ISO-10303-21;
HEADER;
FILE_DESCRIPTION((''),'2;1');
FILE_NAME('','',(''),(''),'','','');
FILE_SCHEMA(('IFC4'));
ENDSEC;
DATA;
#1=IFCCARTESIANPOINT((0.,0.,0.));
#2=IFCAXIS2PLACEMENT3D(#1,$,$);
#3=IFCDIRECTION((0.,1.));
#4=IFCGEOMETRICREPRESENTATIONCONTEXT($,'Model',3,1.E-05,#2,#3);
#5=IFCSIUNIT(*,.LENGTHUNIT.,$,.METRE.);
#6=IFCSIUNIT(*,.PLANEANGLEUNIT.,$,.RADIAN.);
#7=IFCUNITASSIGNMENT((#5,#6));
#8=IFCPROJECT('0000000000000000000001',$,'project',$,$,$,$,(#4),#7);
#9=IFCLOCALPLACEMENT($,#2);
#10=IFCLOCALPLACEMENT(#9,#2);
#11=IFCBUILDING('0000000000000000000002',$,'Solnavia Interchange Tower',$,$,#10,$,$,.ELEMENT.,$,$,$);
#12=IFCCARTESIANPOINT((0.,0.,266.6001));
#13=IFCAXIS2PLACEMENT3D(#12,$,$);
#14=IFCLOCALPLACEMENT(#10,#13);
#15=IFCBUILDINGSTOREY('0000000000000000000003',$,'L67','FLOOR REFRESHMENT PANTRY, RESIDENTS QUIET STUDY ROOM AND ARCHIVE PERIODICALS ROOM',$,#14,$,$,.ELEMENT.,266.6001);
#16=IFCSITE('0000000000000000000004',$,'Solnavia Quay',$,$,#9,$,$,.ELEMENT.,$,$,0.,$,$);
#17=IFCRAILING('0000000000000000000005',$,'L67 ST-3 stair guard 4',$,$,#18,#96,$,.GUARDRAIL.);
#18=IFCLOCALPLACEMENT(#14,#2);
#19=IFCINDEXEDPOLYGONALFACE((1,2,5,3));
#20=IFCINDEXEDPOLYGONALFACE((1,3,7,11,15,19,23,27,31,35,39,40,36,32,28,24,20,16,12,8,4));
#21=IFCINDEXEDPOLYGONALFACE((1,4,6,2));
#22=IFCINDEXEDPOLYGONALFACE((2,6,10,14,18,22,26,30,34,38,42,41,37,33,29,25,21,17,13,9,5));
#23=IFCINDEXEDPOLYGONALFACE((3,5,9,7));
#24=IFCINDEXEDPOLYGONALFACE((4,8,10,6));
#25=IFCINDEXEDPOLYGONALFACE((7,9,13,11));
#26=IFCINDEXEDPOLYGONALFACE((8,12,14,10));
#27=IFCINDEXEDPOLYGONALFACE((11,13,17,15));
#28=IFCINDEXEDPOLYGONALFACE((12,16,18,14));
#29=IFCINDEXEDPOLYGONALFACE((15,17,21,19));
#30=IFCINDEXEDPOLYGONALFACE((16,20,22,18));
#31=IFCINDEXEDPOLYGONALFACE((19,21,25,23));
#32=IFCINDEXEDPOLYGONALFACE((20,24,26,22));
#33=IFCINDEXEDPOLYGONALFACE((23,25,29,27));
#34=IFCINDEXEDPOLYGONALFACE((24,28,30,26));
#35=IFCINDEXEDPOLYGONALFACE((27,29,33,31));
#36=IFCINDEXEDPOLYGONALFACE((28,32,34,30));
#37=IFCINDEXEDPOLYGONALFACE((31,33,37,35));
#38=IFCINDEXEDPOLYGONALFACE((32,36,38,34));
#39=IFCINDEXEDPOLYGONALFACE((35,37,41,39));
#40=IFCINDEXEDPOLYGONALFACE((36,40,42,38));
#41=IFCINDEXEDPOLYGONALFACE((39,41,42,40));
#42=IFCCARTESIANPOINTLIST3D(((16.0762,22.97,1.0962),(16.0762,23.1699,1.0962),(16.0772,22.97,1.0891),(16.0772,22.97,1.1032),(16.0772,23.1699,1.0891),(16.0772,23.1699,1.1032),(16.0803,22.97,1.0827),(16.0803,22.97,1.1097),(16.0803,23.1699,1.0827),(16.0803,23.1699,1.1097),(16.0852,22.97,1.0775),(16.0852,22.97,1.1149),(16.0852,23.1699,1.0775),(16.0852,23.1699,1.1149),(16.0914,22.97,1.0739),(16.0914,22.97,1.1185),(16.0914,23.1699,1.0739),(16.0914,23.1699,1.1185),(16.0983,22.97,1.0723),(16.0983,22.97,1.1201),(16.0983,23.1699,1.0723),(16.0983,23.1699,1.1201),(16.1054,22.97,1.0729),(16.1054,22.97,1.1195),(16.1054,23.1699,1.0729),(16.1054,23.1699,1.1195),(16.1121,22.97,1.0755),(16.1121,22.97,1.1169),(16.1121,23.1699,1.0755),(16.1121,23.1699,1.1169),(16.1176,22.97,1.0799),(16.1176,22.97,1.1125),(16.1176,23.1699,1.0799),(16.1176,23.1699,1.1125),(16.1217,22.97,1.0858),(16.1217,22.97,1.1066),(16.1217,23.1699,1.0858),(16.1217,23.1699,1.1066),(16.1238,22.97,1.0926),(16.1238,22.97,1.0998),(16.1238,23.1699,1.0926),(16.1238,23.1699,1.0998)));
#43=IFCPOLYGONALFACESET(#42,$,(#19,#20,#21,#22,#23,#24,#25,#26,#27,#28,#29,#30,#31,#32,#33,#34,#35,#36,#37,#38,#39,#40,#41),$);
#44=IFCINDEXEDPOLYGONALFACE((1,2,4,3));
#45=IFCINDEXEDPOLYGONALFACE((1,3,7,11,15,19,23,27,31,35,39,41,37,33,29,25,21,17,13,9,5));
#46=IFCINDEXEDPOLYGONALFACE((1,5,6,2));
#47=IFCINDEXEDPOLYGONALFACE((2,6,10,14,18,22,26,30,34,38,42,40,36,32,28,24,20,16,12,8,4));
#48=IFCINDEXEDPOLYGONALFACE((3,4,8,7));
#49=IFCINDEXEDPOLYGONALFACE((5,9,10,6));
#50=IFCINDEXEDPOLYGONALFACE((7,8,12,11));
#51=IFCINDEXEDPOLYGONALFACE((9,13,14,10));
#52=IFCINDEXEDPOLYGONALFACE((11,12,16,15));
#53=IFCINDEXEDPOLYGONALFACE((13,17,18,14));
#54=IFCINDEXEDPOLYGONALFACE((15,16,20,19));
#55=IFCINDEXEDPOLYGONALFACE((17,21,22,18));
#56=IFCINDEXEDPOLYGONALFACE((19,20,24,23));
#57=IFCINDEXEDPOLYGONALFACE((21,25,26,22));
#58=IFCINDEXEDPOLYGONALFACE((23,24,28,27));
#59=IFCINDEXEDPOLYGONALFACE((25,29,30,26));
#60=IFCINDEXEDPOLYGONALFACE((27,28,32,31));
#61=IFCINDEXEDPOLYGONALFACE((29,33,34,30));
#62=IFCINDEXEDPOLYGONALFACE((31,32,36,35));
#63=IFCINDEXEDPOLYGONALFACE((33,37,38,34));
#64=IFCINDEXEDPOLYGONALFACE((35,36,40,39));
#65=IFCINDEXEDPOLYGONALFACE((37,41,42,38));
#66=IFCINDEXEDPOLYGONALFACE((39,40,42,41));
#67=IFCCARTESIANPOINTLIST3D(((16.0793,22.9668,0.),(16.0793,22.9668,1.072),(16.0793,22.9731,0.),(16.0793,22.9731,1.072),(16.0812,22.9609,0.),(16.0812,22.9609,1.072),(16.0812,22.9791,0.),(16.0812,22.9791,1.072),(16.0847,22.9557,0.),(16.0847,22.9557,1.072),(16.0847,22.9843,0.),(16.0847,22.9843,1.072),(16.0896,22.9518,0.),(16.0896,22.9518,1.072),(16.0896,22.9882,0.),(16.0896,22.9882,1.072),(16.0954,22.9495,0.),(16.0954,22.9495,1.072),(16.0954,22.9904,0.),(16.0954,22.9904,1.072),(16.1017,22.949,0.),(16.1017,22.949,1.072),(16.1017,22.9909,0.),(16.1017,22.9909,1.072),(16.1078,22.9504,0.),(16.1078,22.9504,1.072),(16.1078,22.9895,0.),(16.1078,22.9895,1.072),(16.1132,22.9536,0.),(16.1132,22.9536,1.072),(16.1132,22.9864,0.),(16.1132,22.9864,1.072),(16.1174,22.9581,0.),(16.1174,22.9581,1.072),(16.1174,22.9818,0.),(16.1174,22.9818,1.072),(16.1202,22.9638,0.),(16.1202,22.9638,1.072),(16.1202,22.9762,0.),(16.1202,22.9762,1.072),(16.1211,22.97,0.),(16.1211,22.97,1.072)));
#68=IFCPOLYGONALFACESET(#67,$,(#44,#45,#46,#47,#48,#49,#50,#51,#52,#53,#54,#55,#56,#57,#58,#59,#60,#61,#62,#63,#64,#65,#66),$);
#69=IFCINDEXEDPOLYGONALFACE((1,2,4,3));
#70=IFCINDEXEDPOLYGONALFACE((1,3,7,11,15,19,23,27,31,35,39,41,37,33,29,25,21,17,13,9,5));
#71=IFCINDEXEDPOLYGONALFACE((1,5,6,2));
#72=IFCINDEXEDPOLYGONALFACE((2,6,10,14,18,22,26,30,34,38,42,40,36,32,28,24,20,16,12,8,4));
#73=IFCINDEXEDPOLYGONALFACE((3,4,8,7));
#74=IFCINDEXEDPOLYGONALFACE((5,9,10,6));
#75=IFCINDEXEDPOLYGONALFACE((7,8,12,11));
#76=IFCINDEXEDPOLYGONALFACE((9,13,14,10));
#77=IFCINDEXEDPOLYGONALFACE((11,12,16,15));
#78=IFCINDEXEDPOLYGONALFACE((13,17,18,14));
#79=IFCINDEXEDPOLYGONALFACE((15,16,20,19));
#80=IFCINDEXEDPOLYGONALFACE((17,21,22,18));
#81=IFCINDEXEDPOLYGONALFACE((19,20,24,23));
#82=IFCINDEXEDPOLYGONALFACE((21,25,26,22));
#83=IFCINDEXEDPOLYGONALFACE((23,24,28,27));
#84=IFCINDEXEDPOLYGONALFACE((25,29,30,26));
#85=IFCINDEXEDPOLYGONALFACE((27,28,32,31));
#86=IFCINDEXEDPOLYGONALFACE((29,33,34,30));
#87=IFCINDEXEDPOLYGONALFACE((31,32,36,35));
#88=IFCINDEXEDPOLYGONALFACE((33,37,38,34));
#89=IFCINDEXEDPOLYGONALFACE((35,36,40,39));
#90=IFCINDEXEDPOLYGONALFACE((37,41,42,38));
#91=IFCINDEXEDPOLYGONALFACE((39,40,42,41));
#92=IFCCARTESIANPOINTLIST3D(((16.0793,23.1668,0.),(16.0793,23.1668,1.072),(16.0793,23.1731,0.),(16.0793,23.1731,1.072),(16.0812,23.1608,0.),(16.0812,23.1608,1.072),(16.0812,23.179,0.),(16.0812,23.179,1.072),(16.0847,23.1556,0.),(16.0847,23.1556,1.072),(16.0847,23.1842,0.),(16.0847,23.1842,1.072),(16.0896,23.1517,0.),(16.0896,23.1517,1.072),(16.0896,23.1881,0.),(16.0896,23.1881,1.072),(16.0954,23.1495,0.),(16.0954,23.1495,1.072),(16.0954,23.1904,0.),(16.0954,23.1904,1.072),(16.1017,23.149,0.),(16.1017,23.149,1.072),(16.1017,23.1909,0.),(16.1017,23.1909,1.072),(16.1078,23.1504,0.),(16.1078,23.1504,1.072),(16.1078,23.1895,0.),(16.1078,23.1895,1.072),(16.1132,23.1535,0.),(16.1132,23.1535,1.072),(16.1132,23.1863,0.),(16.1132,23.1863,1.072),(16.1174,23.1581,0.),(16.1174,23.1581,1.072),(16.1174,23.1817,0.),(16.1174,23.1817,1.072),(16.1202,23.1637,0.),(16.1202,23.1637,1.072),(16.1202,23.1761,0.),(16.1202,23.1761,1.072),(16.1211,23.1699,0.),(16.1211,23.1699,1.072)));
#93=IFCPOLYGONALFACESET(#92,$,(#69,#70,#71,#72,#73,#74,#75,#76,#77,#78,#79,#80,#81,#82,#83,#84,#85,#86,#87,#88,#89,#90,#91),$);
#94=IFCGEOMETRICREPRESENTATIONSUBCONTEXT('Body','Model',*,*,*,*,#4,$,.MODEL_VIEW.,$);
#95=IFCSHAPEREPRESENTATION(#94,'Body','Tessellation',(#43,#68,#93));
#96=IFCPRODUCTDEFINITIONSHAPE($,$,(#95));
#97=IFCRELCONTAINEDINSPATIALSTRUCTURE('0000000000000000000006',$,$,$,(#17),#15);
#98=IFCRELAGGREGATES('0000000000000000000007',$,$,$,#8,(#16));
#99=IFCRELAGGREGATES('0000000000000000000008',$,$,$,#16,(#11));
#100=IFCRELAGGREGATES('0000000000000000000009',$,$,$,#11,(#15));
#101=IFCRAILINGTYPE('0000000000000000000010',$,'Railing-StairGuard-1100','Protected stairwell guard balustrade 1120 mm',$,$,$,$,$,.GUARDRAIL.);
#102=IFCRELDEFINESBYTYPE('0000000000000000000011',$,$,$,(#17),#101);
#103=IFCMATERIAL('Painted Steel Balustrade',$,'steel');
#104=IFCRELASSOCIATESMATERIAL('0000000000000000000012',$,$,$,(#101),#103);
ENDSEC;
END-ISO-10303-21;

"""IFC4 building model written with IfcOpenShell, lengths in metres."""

from ifc_helpers import new_model, si_unit, direction, frame, origin, origin_2d, place, context, subcontext, project, spatial, circle, extrude, material, type_object, element, save


model = new_model("IFC4")

# Units and contexts
model_context = context("Model", 3, precision=1e-05, world=origin(), true_north=direction((0.0, 1.0)))
body_context = subcontext(model_context, "Body", "Model", "MODEL_VIEW")
ifc_project = project(units=[si_unit("LENGTHUNIT", "METRE"), si_unit("PLANEANGLEUNIT", "RADIAN")], contexts=[model_context])

# Site, building, storey
site_placement = place(None, origin())
site = spatial("IfcSite", under=ifc_project, at=site_placement, Name="Solnavia Quay", CompositionType="ELEMENT", RefElevation=0.0)
building_placement = place(site_placement, origin())
building = spatial("IfcBuilding", under=site, at=building_placement, Name="Solnavia Interchange Tower", CompositionType="ELEMENT")
storey_placement = place(building_placement, frame((0.0, 0.0, 266.6001)))
storey = spatial("IfcBuildingStorey", under=building, at=storey_placement, Name="L67", Description="FLOOR REFRESHMENT PANTRY, RESIDENTS QUIET STUDY ROOM AND ARCHIVE PERIODICALS ROOM", CompositionType="ELEMENT", Elevation=266.6001)

# Railing
ifc_material_1 = material(Name="Painted Steel Balustrade", Category="steel")
railing_type_1 = type_object("IfcRailingType", Name="Railing-StairGuard-1100", Description="Protected stairwell guard balustrade 1120 mm", PredefinedType="GUARDRAIL", material=ifc_material_1)
railing_1_placement = place(storey_placement, frame((16.1001, 22.97, 0.0)))
element("IfcRailing", 1, at=railing_1_placement, inside=storey, type_object=railing_type_1, Name="L67 ST-3 stair guard 4", PredefinedType="GUARDRAIL", context=body_context, shape_type="SweptSolid", body=[
    extrude(circle(Radius=0.0239, at=origin_2d()), frame((0.0, 0.0, 1.0962), z_axis=(0.0, 1.0, 0.0), x_axis=(-1.0, 0.0, 0.0)), (0.0, 0.0, 1.0), 0.2),
    extrude(circle(Radius=0.021, at=origin_2d()), origin(), (0.0, 0.0, 1.0), 1.072),
    extrude(circle(Radius=0.021, at=origin_2d()), frame((0.0, 0.2, 0.0)), (0.0, 0.0, 1.0), 1.072),
])

save(model, "model.ifc")
